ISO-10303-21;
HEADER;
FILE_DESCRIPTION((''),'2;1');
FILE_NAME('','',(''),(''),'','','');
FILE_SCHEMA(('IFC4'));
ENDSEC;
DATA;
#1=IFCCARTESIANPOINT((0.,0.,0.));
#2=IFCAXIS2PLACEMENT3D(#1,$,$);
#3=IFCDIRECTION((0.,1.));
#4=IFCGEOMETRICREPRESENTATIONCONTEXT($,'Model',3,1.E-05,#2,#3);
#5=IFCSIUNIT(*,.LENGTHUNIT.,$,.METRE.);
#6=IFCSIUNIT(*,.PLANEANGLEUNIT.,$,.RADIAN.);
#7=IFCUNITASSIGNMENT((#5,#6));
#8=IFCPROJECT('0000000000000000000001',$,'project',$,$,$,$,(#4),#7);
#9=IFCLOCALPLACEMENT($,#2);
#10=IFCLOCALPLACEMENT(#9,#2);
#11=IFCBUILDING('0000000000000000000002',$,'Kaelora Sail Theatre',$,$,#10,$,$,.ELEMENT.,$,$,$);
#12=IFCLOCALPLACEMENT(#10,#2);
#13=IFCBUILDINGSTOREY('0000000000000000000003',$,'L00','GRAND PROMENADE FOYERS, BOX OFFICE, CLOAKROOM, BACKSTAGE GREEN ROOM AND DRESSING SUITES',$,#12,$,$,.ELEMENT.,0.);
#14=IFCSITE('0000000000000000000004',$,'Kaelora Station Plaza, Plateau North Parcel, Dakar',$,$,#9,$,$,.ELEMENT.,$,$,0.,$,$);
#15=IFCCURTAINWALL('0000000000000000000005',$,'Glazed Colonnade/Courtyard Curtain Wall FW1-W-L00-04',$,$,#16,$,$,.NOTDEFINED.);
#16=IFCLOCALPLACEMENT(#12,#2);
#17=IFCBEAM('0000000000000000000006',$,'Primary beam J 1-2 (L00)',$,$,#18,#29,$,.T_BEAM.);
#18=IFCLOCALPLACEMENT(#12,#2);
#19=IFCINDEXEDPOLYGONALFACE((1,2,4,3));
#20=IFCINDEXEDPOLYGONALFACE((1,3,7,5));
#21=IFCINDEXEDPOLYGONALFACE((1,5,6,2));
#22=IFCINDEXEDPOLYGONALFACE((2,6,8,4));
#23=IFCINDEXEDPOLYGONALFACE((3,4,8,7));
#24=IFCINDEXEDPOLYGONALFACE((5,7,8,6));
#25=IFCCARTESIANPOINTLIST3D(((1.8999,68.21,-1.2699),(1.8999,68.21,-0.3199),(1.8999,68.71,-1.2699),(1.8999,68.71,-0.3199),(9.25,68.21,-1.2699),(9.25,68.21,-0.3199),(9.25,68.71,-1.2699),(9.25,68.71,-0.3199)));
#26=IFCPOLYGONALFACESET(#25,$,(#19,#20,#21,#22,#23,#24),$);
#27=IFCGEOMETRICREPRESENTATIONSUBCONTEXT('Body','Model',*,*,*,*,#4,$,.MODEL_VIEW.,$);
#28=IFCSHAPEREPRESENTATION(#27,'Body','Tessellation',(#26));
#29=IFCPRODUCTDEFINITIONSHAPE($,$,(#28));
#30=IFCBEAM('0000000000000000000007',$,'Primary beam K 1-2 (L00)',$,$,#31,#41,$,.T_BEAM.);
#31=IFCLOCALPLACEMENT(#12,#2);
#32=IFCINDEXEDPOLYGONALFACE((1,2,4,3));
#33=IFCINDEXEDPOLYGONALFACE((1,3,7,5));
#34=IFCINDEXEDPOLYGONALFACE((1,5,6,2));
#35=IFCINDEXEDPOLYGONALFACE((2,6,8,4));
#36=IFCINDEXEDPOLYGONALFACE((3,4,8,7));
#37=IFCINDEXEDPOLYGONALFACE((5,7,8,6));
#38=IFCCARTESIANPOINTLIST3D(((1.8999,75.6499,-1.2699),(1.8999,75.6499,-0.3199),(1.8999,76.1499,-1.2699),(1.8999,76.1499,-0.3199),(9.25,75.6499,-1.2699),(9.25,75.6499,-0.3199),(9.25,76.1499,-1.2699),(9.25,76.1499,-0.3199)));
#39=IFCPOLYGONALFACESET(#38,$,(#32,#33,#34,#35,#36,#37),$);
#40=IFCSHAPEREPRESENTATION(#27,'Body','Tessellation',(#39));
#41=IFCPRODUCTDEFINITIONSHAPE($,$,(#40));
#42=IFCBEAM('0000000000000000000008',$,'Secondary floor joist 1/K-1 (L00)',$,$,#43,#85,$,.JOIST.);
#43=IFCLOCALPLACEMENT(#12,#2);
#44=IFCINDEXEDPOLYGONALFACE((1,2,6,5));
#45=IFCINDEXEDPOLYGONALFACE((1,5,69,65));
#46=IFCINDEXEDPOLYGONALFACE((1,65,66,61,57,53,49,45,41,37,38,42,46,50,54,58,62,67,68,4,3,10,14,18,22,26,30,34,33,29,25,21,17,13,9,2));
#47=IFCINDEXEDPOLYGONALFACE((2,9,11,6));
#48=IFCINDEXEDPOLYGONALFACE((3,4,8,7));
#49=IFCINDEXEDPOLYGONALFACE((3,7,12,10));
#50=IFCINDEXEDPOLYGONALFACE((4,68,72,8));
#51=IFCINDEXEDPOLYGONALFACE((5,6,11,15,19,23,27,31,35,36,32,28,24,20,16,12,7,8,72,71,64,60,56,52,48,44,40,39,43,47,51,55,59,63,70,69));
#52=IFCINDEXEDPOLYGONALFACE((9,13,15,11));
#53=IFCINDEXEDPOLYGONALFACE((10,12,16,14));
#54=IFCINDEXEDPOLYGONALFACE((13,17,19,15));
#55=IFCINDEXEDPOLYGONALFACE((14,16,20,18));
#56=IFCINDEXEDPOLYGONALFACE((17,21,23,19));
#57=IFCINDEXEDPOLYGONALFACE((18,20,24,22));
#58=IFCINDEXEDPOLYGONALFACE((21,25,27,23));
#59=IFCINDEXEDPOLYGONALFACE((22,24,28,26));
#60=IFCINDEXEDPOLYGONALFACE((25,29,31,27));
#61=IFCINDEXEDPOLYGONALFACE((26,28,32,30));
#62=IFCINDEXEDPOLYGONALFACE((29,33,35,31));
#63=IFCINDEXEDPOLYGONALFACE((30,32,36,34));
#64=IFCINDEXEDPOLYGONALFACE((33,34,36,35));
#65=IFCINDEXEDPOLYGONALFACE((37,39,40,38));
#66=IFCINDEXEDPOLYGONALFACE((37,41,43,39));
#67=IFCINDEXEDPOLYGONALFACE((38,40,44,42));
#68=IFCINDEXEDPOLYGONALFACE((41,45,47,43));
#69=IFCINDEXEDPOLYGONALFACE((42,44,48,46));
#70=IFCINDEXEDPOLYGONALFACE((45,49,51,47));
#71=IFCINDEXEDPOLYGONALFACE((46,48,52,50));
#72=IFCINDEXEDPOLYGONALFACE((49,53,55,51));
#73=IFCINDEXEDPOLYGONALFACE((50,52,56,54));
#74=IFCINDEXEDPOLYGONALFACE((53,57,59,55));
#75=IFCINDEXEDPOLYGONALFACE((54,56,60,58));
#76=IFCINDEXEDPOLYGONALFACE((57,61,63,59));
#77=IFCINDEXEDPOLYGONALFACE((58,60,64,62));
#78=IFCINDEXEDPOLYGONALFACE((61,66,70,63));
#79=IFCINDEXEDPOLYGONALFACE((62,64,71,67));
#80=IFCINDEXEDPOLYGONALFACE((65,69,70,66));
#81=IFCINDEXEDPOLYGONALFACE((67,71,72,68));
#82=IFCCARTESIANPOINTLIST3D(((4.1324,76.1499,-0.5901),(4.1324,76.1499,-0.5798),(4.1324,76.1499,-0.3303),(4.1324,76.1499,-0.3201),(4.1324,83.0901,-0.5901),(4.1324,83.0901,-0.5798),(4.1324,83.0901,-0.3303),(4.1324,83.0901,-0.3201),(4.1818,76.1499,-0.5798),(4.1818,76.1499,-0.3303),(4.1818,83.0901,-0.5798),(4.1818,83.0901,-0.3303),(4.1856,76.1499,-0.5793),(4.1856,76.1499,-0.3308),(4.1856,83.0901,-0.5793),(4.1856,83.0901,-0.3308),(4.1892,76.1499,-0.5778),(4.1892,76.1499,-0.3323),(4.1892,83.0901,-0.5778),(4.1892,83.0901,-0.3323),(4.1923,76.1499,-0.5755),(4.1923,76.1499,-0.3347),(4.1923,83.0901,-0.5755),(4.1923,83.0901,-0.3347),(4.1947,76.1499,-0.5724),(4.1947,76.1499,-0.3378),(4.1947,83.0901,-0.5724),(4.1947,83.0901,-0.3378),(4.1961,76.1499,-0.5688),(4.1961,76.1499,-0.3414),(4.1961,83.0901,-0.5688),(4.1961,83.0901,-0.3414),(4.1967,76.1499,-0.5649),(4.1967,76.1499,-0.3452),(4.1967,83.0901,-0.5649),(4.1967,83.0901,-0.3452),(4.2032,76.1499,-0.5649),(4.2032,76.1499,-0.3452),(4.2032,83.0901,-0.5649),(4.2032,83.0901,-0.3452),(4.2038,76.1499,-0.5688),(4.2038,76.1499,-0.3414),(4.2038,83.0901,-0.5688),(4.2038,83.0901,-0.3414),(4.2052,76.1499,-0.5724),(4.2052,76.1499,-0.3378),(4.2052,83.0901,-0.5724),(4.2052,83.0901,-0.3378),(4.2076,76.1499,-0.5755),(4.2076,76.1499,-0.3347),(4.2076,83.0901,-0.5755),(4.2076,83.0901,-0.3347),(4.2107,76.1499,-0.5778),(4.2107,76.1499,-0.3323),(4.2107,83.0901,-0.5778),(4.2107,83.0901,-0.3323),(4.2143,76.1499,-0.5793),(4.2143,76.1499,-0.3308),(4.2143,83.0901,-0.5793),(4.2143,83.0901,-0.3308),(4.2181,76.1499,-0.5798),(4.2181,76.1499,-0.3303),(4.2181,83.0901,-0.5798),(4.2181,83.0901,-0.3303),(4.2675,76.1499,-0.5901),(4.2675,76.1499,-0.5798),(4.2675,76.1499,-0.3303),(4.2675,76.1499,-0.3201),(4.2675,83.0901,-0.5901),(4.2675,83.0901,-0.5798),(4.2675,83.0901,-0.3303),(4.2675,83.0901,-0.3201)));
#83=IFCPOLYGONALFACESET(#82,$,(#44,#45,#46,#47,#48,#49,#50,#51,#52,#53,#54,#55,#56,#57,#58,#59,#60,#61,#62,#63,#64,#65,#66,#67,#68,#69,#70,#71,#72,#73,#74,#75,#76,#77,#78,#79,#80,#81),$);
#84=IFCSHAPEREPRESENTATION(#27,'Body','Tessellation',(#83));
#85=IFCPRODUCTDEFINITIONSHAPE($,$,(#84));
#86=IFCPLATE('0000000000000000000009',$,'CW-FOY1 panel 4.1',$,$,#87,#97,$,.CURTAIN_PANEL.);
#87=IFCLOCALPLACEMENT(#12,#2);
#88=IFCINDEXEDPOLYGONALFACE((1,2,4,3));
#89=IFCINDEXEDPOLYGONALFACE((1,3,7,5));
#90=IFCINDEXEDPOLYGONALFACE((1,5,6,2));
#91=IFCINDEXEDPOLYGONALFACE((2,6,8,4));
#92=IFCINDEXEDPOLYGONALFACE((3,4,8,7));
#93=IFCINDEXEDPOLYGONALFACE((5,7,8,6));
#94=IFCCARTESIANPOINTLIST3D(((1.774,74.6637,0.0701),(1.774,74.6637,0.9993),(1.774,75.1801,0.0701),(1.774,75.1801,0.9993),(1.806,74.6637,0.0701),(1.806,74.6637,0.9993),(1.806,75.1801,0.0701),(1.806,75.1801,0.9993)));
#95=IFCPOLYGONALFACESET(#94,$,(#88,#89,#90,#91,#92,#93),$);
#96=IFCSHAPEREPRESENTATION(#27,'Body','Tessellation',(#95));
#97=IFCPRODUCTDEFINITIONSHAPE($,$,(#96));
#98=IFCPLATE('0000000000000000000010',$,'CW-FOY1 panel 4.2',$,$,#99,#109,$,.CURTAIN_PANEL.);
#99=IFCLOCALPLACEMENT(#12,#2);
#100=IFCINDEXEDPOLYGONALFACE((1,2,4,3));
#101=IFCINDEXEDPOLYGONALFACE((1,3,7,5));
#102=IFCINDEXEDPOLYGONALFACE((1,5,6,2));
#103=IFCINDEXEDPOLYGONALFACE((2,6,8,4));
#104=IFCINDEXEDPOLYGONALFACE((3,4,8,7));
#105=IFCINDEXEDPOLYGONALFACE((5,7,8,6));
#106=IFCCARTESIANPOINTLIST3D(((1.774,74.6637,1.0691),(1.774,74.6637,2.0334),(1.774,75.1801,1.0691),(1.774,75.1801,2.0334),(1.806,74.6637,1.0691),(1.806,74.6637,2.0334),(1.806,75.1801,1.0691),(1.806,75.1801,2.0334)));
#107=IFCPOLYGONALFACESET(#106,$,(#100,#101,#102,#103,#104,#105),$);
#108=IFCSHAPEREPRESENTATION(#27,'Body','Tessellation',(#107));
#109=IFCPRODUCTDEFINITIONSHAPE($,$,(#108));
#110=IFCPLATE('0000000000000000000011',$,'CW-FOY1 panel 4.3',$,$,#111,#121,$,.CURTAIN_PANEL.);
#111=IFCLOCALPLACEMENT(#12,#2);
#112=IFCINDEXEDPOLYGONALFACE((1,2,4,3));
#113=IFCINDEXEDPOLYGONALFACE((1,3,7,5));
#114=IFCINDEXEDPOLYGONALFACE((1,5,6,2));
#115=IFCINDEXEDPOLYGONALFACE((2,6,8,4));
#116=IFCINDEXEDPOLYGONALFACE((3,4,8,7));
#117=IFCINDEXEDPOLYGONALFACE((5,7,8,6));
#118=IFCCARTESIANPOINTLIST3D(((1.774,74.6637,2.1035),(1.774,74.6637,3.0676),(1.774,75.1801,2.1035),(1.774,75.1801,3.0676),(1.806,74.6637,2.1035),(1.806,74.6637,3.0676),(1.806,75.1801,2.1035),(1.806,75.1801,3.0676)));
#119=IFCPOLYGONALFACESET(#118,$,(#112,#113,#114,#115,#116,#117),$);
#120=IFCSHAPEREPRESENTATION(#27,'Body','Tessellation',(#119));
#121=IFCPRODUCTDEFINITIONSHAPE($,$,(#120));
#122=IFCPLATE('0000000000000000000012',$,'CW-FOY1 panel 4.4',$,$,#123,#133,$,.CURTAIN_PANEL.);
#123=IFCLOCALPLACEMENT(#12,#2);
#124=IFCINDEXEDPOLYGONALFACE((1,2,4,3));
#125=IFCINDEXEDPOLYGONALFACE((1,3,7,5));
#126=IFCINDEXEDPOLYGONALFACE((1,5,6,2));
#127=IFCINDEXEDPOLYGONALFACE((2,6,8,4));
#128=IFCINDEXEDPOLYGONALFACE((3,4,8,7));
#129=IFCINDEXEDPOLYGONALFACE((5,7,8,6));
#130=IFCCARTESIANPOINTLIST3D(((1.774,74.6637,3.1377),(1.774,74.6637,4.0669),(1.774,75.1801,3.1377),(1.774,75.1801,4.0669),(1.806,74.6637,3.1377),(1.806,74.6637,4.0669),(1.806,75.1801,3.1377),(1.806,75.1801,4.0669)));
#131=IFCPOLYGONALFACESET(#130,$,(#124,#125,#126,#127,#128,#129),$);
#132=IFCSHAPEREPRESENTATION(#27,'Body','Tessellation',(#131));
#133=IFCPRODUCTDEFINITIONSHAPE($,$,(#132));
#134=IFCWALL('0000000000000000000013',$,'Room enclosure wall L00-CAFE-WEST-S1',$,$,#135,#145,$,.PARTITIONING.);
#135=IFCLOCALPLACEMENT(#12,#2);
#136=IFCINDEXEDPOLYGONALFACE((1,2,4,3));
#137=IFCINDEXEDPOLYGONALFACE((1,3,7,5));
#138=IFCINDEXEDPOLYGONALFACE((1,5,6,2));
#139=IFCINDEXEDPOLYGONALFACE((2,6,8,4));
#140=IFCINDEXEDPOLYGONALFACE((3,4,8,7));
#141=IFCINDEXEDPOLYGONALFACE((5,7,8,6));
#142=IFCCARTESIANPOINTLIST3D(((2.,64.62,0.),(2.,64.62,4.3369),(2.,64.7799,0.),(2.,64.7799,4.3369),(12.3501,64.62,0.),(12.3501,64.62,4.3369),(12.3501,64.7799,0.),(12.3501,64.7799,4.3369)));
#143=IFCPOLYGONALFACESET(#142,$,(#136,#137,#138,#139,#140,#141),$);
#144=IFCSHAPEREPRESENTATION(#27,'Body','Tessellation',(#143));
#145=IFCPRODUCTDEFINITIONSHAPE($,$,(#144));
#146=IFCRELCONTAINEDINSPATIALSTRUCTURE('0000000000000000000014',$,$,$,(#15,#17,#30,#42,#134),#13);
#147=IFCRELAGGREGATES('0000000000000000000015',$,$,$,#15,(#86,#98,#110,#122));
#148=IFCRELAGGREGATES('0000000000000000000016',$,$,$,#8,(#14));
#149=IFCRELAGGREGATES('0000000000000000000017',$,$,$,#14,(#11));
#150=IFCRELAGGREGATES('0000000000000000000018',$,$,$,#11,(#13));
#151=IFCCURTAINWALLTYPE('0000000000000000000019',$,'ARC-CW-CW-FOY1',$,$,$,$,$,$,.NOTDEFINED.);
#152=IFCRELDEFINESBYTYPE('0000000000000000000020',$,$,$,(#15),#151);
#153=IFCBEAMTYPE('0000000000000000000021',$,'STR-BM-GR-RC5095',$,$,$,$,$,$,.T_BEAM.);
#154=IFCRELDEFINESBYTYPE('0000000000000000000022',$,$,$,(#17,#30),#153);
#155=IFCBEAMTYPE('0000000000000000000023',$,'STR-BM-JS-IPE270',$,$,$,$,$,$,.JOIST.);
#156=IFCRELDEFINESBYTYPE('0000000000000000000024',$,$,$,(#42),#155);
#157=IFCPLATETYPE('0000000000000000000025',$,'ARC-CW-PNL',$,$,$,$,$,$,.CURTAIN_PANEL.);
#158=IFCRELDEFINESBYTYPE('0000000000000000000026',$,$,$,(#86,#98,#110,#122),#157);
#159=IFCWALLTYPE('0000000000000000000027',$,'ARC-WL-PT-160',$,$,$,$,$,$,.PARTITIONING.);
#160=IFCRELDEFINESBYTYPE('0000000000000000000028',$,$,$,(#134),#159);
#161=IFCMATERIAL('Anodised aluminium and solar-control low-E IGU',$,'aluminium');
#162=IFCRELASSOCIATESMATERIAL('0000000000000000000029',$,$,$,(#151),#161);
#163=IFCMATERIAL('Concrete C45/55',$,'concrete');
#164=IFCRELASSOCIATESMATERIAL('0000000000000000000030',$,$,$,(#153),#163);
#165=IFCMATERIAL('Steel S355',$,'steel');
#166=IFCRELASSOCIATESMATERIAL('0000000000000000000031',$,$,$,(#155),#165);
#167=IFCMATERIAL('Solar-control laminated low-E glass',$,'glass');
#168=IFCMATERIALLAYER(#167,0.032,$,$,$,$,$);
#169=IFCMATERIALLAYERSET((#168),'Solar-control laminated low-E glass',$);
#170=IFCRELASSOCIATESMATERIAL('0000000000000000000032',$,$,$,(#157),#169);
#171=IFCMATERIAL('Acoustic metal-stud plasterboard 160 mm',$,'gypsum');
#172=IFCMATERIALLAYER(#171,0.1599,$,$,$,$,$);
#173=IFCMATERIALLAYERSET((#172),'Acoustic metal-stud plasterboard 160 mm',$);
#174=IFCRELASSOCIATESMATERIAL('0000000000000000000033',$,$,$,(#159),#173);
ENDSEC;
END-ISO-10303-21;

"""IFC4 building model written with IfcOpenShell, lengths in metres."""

from ifc_helpers import new_model, si_unit, direction, frame, frame_2d, origin, origin_2d, place, context, subcontext, project, spatial, rectangle, i_section, extrude, material, layer, layer_set, material_profile, profile_set, type_object, element, aggregate, save


model = new_model("IFC4")

# Units and contexts
model_context = context("Model", 3, precision=1e-05, world=origin(), true_north=direction((0.0, 1.0)))
body_context = subcontext(model_context, "Body", "Model", "MODEL_VIEW")
ifc_project = project(units=[si_unit("LENGTHUNIT", "METRE"), si_unit("PLANEANGLEUNIT", "RADIAN")], contexts=[model_context])

# Site, building, storey
site_placement = place(None, origin())
site = spatial("IfcSite", under=ifc_project, at=site_placement, Name="Kaelora Station Plaza, Plateau North Parcel, Dakar", CompositionType="ELEMENT", RefElevation=0.0)
building_placement = place(site_placement, origin())
building = spatial("IfcBuilding", under=site, at=building_placement, Name="Kaelora Sail Theatre", CompositionType="ELEMENT")
storey_placement = place(building_placement, origin())
storey = spatial("IfcBuildingStorey", under=building, at=storey_placement, Name="L00", Description="GRAND PROMENADE FOYERS, BOX OFFICE, CLOAKROOM, BACKSTAGE GREEN ROOM AND DRESSING SUITES", CompositionType="ELEMENT", Elevation=0.0)

# Curtain wall
ifc_material_1 = material(Name="Anodised aluminium and solar-control low-E IGU", Category="aluminium")
curtain_wall_type = type_object("IfcCurtainWallType", Name="ARC-CW-CW-FOY1", PredefinedType="NOTDEFINED", material=ifc_material_1)
curtain_wall_1_placement = place(storey_placement, origin())
curtain_wall_1 = element("IfcCurtainWall", 1, at=curtain_wall_1_placement, inside=storey, type_object=curtain_wall_type, Name="Glazed Colonnade/Courtyard Curtain Wall FW1-W-L00-04", PredefinedType="NOTDEFINED")

# Beams
ifc_material_2 = material(Name="Concrete C45/55", Category="concrete")
ifc_material_profile_1 = material_profile(ifc_material_2, rectangle(XDim=0.5, YDim=0.95, at=origin_2d()), Name="RC-GRD 500x950")
ifc_profile_set_1 = profile_set([ifc_material_profile_1], Name="Concrete C45/55")
beam_type_1 = type_object("IfcBeamType", Name="STR-BM-GR-RC5095", PredefinedType="T_BEAM", material=ifc_profile_set_1)
for number, where, z_axis, x_axis, name in (
    (2, (1.8999, 68.46, -0.7949), (1.0, 0.0, 0.0), (0.0, 1.0, 0.0), "Primary beam J 1-2 (L00)"),
    (3, (1.8999, 75.8999, -0.7949), (1.0, 0.0, 0.0), (0.0, 1.0, 0.0), "Primary beam K 1-2 (L00)"),
):
    element("IfcBeam", number, at=place(storey_placement, frame(where, z_axis=z_axis, x_axis=x_axis)), inside=storey, type_object=beam_type_1, Name=name, PredefinedType="T_BEAM", context=body_context, shape_type="SweptSolid", body=[
        extrude(rectangle(XDim=0.5, YDim=0.95, at=origin_2d()), origin(), (0.0, 0.0, 1.0), 7.3501),
    ])
ifc_material_3 = material(Name="Steel S355", Category="steel")
ifc_material_profile_2 = material_profile(ifc_material_3, i_section(OverallWidth=0.135, OverallDepth=0.27, WebThickness=0.0066, FlangeThickness=0.0103, FilletRadius=0.0149, at=origin_2d()), Name="IPE 270")
ifc_profile_set_2 = profile_set([ifc_material_profile_2], Name="Steel S355")
beam_type_2 = type_object("IfcBeamType", Name="STR-BM-JS-IPE270", PredefinedType="JOIST", material=ifc_profile_set_2)
beam_1_placement = place(storey_placement, frame((4.2, 76.1499, -0.4551), z_axis=(0.0, 1.0, 0.0), x_axis=(-1.0, 0.0, 0.0)))
element("IfcBeam", 4, at=beam_1_placement, inside=storey, type_object=beam_type_2, Name="Secondary floor joist 1/K-1 (L00)", PredefinedType="JOIST", context=body_context, shape_type="SweptSolid", body=[
    extrude(i_section(OverallWidth=0.135, OverallDepth=0.27, WebThickness=0.0066, FlangeThickness=0.0103, FilletRadius=0.0149, at=origin_2d()), origin(), (0.0, 0.0, 1.0), 6.9402),
])

# Plates
ifc_material_4 = material(Name="Solar-control laminated low-E glass", Category="glass")
ifc_layer_1 = layer(ifc_material_4, 0.032)
ifc_layer_set_1 = layer_set([ifc_layer_1], Name="Solar-control laminated low-E glass")
plate_type = type_object("IfcPlateType", Name="ARC-CW-PNL", PredefinedType="CURTAIN_PANEL", material=ifc_layer_set_1)
plate_1_placement = place(storey_placement, frame((1.79, 74.9219, 0.0701), z_axis=(0.0, 0.0, 1.0), x_axis=(0.0, 1.0, 0.0)))
plate_1 = element("IfcPlate", 5, at=plate_1_placement, type_object=plate_type, Name="CW-FOY1 panel 4.1", PredefinedType="CURTAIN_PANEL", context=body_context, shape_type="SweptSolid", body=[
    extrude(rectangle(XDim=0.5164, YDim=0.032, at=origin_2d()), origin(), (0.0, 0.0, 1.0), 0.9292),
])
plate_2_placement = place(storey_placement, frame((1.79, 74.9219, 1.0691), z_axis=(0.0, 0.0, 1.0), x_axis=(0.0, 1.0, 0.0)))
plate_2 = element("IfcPlate", 6, at=plate_2_placement, type_object=plate_type, Name="CW-FOY1 panel 4.2", PredefinedType="CURTAIN_PANEL", context=body_context, shape_type="SweptSolid", body=[
    extrude(rectangle(XDim=0.5164, YDim=0.032, at=origin_2d()), origin(), (0.0, 0.0, 1.0), 0.9644),
])
plate_3_placement = place(storey_placement, frame((1.79, 74.9219, 2.1035), z_axis=(0.0, 0.0, 1.0), x_axis=(0.0, 1.0, 0.0)))
plate_3 = element("IfcPlate", 7, at=plate_3_placement, type_object=plate_type, Name="CW-FOY1 panel 4.3", PredefinedType="CURTAIN_PANEL", context=body_context, shape_type="SweptSolid", body=[
    extrude(rectangle(XDim=0.5164, YDim=0.032, at=origin_2d()), origin(), (0.0, 0.0, 1.0), 0.9641),
])
plate_4_placement = place(storey_placement, frame((1.79, 74.9219, 3.1377), z_axis=(0.0, 0.0, 1.0), x_axis=(0.0, 1.0, 0.0)))
plate_4 = element("IfcPlate", 8, at=plate_4_placement, type_object=plate_type, Name="CW-FOY1 panel 4.4", PredefinedType="CURTAIN_PANEL", context=body_context, shape_type="SweptSolid", body=[
    extrude(rectangle(XDim=0.5164, YDim=0.032, at=origin_2d()), origin(), (0.0, 0.0, 1.0), 0.9292),
])
aggregate(curtain_wall_1, [plate_1, plate_2, plate_3, plate_4])

# Wall
ifc_material_5 = material(Name="Acoustic metal-stud plasterboard 160 mm", Category="gypsum")
ifc_layer_2 = layer(ifc_material_5, 0.1599)
ifc_layer_set_2 = layer_set([ifc_layer_2], Name="Acoustic metal-stud plasterboard 160 mm")
wall_type = type_object("IfcWallType", Name="ARC-WL-PT-160", PredefinedType="PARTITIONING", material=ifc_layer_set_2)
wall_placement = place(storey_placement, frame((2.0, 64.7, 0.0), z_axis=(0.0, 0.0, 1.0), x_axis=(1.0, 0.0, 0.0)))
element("IfcWall", 9, at=wall_placement, inside=storey, type_object=wall_type, Name="Room enclosure wall L00-CAFE-WEST-S1", PredefinedType="PARTITIONING", context=body_context, shape_type="SweptSolid", body=[
    extrude(rectangle(XDim=10.3501, YDim=0.1599, at=frame_2d((5.175, 0.0))), origin(), (0.0, 0.0, 1.0), 4.3369),
])

save(model, "model.ifc")
